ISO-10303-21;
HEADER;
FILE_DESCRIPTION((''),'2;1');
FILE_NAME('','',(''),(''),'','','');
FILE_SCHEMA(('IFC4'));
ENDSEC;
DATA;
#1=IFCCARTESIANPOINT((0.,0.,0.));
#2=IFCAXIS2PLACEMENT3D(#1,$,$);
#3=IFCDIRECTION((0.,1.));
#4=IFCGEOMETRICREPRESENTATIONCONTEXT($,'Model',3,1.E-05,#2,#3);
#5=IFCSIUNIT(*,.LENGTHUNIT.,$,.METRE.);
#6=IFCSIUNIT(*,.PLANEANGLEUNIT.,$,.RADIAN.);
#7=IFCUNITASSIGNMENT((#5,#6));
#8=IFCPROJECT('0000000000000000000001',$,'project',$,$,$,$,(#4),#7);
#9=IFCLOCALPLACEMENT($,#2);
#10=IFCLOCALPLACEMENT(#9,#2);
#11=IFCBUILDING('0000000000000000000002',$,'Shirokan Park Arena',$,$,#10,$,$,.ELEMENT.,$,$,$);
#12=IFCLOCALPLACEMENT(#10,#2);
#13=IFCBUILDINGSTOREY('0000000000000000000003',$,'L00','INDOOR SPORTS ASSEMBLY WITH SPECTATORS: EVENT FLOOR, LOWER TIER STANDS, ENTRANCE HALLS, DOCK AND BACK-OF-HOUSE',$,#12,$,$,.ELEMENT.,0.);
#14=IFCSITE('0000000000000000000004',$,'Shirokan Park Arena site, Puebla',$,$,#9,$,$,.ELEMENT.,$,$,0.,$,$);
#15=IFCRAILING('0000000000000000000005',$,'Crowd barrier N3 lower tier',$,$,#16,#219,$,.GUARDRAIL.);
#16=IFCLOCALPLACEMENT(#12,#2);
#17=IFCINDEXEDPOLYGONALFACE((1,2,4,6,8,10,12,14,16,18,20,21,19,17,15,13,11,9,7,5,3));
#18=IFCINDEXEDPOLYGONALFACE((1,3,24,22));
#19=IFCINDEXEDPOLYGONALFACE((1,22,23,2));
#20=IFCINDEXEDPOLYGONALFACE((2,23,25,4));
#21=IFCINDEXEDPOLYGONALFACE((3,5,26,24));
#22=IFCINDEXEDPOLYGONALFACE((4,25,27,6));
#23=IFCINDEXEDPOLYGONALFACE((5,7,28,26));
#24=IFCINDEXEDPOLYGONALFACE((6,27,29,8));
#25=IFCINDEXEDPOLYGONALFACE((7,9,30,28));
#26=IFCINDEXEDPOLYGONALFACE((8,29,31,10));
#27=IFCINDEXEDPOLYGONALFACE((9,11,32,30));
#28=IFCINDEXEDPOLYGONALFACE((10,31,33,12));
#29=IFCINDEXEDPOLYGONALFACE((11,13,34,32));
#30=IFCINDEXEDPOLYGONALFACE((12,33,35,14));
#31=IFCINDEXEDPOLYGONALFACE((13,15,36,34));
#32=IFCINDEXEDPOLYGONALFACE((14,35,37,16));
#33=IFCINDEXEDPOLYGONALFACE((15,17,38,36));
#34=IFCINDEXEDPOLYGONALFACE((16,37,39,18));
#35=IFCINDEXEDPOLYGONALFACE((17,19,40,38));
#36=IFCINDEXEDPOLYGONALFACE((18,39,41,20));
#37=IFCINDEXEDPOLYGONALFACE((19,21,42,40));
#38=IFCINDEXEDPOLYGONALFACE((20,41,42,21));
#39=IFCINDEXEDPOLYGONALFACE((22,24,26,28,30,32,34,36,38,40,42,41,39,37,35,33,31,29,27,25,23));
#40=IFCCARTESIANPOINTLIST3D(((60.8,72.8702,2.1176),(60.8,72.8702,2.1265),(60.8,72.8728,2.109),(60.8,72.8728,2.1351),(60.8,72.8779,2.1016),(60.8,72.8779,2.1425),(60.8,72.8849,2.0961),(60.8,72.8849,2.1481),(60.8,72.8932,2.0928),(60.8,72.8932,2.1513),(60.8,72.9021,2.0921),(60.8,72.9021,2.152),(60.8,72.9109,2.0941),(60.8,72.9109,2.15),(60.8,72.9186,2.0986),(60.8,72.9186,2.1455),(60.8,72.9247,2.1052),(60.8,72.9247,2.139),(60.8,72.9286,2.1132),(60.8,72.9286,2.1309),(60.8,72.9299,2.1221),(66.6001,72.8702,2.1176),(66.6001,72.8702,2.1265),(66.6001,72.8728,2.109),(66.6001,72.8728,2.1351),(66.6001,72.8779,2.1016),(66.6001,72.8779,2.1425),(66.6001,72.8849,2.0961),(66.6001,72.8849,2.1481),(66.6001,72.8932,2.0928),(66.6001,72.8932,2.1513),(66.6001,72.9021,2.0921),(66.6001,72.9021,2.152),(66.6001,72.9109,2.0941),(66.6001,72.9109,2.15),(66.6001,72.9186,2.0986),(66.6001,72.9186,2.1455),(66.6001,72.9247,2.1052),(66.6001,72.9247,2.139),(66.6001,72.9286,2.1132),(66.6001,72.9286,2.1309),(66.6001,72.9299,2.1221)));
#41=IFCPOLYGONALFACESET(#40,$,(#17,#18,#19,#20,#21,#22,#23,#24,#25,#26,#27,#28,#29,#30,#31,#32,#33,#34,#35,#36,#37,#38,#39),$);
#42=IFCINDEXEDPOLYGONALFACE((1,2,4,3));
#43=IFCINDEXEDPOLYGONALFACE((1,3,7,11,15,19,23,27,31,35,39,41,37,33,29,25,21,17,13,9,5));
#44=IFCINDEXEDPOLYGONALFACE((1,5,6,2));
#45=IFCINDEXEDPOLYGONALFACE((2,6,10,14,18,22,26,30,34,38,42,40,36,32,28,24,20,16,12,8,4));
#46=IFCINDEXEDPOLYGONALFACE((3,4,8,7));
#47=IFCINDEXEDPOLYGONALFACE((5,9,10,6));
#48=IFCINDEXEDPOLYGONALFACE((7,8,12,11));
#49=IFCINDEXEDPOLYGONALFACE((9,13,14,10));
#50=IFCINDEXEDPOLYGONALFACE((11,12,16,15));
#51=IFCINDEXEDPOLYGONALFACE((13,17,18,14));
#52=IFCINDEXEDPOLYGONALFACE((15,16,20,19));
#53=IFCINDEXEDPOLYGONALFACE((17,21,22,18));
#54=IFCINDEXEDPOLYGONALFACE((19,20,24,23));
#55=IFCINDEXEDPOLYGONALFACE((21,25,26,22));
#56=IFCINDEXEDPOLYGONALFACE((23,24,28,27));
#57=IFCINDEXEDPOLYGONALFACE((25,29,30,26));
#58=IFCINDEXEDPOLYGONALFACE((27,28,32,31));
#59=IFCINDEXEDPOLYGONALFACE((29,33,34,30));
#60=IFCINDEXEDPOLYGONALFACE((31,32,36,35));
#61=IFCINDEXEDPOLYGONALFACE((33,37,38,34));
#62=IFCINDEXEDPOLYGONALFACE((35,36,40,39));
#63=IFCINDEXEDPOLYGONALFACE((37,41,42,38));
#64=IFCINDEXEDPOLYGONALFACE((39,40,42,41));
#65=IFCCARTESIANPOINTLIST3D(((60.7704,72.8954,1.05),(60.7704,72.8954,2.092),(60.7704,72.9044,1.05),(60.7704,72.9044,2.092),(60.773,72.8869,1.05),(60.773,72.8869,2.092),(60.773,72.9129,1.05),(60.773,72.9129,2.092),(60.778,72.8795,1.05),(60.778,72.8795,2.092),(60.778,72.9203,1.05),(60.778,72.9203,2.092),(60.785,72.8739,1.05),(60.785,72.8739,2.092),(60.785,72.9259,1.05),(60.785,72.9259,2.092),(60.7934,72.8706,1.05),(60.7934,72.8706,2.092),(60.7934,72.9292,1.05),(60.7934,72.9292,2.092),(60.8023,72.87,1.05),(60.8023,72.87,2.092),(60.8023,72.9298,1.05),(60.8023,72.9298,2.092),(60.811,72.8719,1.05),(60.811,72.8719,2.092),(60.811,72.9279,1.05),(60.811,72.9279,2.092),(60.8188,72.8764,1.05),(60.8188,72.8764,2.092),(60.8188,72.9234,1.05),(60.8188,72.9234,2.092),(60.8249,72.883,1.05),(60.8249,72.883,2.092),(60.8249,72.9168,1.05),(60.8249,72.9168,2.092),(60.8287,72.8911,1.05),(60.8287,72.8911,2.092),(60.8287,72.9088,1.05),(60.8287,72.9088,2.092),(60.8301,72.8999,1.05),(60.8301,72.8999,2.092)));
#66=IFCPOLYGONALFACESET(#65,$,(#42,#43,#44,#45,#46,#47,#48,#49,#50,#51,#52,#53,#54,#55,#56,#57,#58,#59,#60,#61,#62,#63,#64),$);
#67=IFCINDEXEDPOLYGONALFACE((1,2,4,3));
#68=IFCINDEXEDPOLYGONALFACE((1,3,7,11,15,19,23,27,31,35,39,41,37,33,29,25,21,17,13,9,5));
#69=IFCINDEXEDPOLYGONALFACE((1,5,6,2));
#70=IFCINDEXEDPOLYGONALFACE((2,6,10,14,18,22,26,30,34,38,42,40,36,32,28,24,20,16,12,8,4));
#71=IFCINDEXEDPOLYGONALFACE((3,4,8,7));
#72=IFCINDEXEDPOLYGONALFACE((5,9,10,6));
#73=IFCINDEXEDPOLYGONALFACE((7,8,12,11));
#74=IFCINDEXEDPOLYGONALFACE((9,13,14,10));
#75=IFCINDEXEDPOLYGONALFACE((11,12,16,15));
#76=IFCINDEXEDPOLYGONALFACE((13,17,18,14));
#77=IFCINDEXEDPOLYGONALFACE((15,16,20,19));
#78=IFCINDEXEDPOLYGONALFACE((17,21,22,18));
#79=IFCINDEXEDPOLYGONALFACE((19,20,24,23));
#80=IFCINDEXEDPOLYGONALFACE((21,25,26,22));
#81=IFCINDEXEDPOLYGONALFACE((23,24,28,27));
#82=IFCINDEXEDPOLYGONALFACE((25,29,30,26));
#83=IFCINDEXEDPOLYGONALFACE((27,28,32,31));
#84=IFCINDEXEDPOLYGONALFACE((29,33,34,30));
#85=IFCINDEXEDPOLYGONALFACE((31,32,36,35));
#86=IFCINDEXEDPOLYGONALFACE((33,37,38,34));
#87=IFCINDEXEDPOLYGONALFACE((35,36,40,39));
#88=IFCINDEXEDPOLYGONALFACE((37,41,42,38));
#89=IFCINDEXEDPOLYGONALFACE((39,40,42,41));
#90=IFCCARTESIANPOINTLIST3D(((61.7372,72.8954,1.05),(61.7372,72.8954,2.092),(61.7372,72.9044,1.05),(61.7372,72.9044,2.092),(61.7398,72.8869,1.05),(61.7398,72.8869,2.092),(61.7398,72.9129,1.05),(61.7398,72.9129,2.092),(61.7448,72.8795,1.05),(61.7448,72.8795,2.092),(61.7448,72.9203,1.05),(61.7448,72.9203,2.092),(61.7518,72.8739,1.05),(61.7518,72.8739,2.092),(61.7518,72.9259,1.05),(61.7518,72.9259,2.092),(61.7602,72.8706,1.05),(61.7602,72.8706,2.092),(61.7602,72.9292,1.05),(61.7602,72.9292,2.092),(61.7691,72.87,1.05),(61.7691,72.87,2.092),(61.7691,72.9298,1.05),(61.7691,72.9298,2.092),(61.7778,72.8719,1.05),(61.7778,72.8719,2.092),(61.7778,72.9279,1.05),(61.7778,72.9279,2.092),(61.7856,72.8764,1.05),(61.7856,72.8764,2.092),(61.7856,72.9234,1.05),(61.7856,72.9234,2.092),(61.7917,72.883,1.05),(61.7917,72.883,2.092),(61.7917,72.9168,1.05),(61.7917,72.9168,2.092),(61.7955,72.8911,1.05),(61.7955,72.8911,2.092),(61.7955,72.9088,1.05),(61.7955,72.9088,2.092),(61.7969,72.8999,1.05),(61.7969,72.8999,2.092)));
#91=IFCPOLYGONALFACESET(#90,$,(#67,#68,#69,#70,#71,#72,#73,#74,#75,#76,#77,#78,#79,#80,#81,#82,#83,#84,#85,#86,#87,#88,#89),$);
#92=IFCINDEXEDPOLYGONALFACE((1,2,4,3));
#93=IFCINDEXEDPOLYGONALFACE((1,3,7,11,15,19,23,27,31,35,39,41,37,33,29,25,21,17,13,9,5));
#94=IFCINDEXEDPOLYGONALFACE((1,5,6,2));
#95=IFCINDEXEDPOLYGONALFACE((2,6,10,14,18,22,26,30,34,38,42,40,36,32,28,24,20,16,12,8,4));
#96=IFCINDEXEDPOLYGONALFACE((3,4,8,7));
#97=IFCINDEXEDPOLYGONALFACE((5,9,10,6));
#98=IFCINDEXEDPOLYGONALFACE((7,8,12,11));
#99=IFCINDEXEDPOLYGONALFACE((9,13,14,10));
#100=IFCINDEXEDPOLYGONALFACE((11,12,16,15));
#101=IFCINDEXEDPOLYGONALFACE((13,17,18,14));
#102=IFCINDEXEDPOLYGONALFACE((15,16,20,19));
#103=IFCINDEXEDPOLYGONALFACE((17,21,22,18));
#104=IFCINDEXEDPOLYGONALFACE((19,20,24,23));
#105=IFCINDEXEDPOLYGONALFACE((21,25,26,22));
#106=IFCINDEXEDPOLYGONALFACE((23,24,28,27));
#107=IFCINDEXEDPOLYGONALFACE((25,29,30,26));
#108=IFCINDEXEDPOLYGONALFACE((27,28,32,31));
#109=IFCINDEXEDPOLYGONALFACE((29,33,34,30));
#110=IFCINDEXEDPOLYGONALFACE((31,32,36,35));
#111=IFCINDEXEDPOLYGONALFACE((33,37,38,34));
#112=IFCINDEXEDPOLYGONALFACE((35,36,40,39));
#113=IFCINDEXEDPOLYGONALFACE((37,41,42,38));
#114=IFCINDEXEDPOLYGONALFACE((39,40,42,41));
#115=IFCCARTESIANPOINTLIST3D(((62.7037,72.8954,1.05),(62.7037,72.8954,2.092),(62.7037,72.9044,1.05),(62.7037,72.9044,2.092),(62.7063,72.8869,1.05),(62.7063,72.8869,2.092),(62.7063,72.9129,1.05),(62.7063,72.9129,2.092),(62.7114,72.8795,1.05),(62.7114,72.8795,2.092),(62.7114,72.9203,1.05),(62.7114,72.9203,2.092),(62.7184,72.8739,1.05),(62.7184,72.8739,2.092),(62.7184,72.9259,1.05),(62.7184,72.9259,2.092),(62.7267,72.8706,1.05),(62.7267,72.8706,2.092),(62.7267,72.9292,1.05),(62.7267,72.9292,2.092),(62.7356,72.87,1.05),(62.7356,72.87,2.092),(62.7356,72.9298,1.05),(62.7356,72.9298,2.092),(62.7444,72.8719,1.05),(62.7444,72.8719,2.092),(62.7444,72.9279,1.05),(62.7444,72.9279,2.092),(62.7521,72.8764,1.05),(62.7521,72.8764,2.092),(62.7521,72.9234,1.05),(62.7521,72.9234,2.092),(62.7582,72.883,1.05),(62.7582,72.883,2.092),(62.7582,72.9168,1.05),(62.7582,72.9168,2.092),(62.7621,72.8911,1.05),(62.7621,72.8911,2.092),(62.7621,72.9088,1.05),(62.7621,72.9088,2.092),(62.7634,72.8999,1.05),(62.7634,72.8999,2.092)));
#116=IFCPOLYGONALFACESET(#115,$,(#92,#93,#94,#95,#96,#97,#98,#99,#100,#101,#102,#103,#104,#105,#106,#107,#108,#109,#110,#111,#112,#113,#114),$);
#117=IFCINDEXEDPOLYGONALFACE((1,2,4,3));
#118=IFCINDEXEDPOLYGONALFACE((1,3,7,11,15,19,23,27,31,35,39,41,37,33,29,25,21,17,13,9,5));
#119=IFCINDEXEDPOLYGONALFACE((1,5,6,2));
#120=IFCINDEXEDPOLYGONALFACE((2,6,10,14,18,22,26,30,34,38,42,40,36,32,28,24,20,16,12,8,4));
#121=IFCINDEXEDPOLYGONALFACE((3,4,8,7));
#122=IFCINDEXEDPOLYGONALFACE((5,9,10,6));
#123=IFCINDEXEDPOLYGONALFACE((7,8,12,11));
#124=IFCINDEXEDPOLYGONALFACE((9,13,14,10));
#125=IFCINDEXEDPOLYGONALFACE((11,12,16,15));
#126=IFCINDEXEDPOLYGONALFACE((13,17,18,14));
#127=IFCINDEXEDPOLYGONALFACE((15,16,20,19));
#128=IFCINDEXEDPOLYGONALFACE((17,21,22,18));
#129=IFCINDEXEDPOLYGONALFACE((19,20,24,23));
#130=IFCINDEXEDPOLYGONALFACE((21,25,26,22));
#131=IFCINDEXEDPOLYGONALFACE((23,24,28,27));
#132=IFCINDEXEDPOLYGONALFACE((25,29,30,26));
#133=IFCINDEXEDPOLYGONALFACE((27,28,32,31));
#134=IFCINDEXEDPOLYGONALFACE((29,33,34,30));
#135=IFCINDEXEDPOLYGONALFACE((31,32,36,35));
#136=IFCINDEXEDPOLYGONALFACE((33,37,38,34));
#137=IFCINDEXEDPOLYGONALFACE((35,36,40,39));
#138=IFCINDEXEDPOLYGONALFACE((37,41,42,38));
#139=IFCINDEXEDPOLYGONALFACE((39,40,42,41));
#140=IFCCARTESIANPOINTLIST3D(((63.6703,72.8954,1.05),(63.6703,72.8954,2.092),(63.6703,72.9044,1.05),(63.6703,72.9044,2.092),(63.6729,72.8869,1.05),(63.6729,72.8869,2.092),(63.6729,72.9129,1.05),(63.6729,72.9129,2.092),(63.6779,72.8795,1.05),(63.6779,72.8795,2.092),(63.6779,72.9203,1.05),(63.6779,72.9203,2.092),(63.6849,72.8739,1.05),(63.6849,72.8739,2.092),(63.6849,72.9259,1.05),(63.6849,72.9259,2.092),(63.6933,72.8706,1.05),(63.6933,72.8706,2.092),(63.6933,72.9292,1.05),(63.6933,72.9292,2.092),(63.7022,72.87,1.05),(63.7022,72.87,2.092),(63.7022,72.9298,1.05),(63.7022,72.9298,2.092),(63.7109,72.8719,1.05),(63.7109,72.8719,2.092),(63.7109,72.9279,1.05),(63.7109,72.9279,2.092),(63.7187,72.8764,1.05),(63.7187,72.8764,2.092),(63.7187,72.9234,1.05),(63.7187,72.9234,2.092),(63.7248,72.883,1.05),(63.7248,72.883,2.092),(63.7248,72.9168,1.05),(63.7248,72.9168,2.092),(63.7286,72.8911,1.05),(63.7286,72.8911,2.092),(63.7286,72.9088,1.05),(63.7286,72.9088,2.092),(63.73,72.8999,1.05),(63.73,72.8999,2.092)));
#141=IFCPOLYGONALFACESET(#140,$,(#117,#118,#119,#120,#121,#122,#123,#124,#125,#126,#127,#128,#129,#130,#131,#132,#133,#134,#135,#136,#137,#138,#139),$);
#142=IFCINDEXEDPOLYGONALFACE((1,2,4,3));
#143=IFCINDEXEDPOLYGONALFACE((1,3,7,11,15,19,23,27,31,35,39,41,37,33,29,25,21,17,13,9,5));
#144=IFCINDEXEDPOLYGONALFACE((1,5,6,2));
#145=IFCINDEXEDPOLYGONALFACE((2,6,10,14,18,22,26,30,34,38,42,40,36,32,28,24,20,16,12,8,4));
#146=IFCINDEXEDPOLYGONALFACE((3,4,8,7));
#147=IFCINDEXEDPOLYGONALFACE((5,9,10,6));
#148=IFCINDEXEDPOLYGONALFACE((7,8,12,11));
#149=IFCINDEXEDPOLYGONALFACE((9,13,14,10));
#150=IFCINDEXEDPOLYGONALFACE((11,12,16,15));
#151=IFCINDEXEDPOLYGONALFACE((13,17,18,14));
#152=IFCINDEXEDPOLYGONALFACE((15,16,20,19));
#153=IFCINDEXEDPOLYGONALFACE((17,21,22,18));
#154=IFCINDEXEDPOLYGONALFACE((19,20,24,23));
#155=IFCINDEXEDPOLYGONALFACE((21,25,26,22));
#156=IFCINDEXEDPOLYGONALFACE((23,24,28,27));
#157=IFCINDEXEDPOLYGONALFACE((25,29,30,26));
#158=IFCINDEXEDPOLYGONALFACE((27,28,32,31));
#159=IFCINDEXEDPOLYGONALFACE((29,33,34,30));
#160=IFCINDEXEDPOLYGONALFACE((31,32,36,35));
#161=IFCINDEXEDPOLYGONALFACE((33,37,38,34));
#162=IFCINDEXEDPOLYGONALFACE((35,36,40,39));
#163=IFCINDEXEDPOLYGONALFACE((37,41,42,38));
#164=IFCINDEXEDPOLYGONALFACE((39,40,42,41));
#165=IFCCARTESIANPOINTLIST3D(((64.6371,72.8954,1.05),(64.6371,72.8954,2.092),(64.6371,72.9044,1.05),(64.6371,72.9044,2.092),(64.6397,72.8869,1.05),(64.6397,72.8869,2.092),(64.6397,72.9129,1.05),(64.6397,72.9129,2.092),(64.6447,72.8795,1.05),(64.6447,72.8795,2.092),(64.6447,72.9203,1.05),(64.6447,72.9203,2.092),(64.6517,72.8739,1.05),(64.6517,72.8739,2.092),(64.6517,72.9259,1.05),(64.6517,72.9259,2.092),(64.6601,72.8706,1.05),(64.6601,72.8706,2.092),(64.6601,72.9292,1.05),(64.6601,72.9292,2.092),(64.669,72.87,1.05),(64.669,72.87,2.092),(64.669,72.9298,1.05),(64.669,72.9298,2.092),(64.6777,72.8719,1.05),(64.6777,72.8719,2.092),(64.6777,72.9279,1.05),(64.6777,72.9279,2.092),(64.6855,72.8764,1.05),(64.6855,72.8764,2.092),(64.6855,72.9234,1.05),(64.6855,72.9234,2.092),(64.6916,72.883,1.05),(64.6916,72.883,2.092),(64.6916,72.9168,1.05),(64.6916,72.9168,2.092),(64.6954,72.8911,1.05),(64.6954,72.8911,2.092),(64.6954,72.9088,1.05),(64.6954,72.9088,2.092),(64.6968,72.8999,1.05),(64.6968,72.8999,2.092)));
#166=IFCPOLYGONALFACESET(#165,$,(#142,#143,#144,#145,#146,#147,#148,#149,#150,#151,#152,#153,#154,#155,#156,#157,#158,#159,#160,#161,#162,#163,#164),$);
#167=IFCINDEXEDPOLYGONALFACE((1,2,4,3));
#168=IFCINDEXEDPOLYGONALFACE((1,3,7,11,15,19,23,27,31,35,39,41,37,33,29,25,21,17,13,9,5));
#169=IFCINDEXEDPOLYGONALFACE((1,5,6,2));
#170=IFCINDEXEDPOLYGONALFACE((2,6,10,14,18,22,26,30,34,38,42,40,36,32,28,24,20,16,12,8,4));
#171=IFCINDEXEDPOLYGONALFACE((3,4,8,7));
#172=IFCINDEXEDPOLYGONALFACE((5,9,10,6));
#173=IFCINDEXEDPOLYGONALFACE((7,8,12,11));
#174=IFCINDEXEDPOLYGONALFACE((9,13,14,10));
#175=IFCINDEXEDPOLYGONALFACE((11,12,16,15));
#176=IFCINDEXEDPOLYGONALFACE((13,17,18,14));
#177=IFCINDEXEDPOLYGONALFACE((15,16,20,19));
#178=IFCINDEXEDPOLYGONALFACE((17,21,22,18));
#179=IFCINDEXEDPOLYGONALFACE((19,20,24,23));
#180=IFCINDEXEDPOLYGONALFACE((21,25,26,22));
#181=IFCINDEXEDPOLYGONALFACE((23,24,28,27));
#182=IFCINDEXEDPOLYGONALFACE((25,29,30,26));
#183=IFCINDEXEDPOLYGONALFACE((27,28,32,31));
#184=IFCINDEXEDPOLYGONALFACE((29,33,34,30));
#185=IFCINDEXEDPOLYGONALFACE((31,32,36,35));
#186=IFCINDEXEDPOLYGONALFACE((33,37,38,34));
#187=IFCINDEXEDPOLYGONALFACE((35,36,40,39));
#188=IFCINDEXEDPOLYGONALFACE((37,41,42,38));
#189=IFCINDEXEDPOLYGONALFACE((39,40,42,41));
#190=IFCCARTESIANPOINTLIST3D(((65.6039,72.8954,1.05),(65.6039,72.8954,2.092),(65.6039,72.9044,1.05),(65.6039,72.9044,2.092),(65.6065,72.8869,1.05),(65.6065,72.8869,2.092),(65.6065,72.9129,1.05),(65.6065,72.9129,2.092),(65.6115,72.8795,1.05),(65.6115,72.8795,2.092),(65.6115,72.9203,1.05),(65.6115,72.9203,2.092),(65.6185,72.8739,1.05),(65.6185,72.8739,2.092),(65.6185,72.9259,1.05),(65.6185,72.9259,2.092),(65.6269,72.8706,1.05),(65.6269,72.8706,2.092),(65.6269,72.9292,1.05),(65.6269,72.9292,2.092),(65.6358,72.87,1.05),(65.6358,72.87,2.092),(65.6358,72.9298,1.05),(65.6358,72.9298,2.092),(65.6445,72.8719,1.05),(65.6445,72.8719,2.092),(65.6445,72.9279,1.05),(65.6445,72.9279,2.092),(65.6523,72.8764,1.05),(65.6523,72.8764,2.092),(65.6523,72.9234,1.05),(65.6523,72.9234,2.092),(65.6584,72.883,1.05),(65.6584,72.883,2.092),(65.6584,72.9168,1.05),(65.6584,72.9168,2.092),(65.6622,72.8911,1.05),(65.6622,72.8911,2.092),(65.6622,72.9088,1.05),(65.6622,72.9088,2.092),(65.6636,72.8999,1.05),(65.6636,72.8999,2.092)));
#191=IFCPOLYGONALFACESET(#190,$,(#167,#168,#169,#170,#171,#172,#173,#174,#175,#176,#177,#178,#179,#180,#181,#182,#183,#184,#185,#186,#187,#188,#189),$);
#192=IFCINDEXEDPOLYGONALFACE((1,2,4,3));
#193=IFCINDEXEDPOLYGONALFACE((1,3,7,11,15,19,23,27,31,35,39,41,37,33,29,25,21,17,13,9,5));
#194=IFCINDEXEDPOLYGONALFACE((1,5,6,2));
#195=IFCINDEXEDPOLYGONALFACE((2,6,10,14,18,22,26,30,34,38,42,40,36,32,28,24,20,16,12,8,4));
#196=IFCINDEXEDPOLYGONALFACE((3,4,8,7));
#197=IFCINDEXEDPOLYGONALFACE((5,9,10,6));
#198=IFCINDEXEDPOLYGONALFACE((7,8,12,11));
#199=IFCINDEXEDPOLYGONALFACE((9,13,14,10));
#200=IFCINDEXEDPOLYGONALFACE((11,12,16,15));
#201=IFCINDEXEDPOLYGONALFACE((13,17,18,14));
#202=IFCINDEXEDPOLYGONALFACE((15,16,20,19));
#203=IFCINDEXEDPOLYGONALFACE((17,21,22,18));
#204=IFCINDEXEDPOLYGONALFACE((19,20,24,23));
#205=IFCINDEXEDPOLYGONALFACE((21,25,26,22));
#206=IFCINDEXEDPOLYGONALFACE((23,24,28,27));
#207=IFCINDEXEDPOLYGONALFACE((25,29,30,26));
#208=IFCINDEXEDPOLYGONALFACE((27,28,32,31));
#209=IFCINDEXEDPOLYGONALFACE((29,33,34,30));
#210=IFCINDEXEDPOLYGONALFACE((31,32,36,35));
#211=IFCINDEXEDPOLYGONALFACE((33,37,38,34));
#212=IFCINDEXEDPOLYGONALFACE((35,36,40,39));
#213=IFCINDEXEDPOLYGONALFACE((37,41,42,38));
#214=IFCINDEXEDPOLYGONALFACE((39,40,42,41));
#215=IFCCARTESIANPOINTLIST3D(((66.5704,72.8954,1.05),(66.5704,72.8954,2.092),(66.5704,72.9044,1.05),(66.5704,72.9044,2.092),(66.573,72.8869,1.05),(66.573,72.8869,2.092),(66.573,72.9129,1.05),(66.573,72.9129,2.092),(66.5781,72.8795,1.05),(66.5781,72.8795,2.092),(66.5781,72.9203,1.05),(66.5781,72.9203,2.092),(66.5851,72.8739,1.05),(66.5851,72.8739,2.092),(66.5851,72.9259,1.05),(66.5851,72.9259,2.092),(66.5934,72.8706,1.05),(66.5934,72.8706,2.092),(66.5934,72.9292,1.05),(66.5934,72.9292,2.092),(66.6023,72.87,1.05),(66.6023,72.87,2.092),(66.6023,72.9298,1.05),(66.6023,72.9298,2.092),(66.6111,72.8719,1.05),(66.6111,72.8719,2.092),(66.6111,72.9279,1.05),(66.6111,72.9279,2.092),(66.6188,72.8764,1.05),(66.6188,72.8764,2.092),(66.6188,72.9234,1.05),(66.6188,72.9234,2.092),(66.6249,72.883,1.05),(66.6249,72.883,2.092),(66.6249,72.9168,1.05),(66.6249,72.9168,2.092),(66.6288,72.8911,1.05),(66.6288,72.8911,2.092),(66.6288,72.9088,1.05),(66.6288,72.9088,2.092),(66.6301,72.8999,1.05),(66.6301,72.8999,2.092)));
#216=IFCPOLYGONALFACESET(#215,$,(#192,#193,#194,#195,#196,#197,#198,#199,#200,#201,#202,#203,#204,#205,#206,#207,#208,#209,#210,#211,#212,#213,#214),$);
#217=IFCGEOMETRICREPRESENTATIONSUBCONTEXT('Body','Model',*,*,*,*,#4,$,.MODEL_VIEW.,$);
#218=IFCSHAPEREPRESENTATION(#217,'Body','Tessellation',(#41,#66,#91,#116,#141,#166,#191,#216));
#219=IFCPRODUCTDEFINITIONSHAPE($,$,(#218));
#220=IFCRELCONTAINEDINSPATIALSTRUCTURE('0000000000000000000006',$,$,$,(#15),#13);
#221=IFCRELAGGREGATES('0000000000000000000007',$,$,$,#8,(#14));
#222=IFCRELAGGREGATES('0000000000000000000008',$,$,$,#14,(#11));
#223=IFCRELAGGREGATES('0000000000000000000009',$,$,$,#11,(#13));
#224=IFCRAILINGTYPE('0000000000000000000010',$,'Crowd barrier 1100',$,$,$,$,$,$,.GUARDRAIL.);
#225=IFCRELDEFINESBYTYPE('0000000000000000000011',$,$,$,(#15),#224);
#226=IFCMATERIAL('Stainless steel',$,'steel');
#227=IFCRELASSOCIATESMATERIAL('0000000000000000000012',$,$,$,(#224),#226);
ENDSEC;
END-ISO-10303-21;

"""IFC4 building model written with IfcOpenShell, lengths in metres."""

from ifc_helpers import new_model, si_unit, direction, frame, origin, origin_2d, place, context, subcontext, project, spatial, circle, extrude, material, type_object, element, save


model = new_model("IFC4")

# Units and contexts
model_context = context("Model", 3, precision=1e-05, world=origin(), true_north=direction((0.0, 1.0)))
body_context = subcontext(model_context, "Body", "Model", "MODEL_VIEW")
ifc_project = project(units=[si_unit("LENGTHUNIT", "METRE"), si_unit("PLANEANGLEUNIT", "RADIAN")], contexts=[model_context])

# Site, building, storey
site_placement = place(None, origin())
site = spatial("IfcSite", under=ifc_project, at=site_placement, Name="Shirokan Park Arena site, Puebla", CompositionType="ELEMENT", RefElevation=0.0)
building_placement = place(site_placement, origin())
building = spatial("IfcBuilding", under=site, at=building_placement, Name="Shirokan Park Arena", CompositionType="ELEMENT")
storey_placement = place(building_placement, origin())
storey = spatial("IfcBuildingStorey", under=building, at=storey_placement, Name="L00", Description="INDOOR SPORTS ASSEMBLY WITH SPECTATORS: EVENT FLOOR, LOWER TIER STANDS, ENTRANCE HALLS, DOCK AND BACK-OF-HOUSE", CompositionType="ELEMENT", Elevation=0.0)

# Railing
ifc_material_1 = material(Name="Stainless steel", Category="steel")
railing_type_1 = type_object("IfcRailingType", Name="Crowd barrier 1100", PredefinedType="GUARDRAIL", material=ifc_material_1)
for number, where, name in (
    (1, (60.8, 72.8999, 1.05), "Crowd barrier N3 lower tier"),
):
    element("IfcRailing", number, at=place(storey_placement, frame(where)), inside=storey, type_object=railing_type_1, Name=name, PredefinedType="GUARDRAIL", context=body_context, shape_type="SweptSolid", body=[
        extrude(circle(Radius=0.03, at=origin_2d()), frame((0.0, 0.0, 1.072), z_axis=(1.0, 0.0, 0.0), x_axis=(0.0, 1.0, 0.0)), (0.0, 0.0, 1.0), 5.8),
        extrude(circle(Radius=0.03, at=origin_2d()), origin(), (0.0, 0.0, 1.0), 1.042),
        extrude(circle(Radius=0.03, at=origin_2d()), frame((0.9668, 0.0, 0.0)), (0.0, 0.0, 1.0), 1.042),
        extrude(circle(Radius=0.03, at=origin_2d()), frame((1.9333, 0.0, 0.0)), (0.0, 0.0, 1.0), 1.042),
        extrude(circle(Radius=0.03, at=origin_2d()), frame((2.8999, 0.0, 0.0)), (0.0, 0.0, 1.0), 1.042),
        extrude(circle(Radius=0.03, at=origin_2d()), frame((3.8667, 0.0, 0.0)), (0.0, 0.0, 1.0), 1.042),
        extrude(circle(Radius=0.03, at=origin_2d()), frame((4.8335, 0.0, 0.0)), (0.0, 0.0, 1.0), 1.042),
        extrude(circle(Radius=0.03, at=origin_2d()), frame((5.8, 0.0, 0.0)), (0.0, 0.0, 1.0), 1.042),
    ])

save(model, "model.ifc")
